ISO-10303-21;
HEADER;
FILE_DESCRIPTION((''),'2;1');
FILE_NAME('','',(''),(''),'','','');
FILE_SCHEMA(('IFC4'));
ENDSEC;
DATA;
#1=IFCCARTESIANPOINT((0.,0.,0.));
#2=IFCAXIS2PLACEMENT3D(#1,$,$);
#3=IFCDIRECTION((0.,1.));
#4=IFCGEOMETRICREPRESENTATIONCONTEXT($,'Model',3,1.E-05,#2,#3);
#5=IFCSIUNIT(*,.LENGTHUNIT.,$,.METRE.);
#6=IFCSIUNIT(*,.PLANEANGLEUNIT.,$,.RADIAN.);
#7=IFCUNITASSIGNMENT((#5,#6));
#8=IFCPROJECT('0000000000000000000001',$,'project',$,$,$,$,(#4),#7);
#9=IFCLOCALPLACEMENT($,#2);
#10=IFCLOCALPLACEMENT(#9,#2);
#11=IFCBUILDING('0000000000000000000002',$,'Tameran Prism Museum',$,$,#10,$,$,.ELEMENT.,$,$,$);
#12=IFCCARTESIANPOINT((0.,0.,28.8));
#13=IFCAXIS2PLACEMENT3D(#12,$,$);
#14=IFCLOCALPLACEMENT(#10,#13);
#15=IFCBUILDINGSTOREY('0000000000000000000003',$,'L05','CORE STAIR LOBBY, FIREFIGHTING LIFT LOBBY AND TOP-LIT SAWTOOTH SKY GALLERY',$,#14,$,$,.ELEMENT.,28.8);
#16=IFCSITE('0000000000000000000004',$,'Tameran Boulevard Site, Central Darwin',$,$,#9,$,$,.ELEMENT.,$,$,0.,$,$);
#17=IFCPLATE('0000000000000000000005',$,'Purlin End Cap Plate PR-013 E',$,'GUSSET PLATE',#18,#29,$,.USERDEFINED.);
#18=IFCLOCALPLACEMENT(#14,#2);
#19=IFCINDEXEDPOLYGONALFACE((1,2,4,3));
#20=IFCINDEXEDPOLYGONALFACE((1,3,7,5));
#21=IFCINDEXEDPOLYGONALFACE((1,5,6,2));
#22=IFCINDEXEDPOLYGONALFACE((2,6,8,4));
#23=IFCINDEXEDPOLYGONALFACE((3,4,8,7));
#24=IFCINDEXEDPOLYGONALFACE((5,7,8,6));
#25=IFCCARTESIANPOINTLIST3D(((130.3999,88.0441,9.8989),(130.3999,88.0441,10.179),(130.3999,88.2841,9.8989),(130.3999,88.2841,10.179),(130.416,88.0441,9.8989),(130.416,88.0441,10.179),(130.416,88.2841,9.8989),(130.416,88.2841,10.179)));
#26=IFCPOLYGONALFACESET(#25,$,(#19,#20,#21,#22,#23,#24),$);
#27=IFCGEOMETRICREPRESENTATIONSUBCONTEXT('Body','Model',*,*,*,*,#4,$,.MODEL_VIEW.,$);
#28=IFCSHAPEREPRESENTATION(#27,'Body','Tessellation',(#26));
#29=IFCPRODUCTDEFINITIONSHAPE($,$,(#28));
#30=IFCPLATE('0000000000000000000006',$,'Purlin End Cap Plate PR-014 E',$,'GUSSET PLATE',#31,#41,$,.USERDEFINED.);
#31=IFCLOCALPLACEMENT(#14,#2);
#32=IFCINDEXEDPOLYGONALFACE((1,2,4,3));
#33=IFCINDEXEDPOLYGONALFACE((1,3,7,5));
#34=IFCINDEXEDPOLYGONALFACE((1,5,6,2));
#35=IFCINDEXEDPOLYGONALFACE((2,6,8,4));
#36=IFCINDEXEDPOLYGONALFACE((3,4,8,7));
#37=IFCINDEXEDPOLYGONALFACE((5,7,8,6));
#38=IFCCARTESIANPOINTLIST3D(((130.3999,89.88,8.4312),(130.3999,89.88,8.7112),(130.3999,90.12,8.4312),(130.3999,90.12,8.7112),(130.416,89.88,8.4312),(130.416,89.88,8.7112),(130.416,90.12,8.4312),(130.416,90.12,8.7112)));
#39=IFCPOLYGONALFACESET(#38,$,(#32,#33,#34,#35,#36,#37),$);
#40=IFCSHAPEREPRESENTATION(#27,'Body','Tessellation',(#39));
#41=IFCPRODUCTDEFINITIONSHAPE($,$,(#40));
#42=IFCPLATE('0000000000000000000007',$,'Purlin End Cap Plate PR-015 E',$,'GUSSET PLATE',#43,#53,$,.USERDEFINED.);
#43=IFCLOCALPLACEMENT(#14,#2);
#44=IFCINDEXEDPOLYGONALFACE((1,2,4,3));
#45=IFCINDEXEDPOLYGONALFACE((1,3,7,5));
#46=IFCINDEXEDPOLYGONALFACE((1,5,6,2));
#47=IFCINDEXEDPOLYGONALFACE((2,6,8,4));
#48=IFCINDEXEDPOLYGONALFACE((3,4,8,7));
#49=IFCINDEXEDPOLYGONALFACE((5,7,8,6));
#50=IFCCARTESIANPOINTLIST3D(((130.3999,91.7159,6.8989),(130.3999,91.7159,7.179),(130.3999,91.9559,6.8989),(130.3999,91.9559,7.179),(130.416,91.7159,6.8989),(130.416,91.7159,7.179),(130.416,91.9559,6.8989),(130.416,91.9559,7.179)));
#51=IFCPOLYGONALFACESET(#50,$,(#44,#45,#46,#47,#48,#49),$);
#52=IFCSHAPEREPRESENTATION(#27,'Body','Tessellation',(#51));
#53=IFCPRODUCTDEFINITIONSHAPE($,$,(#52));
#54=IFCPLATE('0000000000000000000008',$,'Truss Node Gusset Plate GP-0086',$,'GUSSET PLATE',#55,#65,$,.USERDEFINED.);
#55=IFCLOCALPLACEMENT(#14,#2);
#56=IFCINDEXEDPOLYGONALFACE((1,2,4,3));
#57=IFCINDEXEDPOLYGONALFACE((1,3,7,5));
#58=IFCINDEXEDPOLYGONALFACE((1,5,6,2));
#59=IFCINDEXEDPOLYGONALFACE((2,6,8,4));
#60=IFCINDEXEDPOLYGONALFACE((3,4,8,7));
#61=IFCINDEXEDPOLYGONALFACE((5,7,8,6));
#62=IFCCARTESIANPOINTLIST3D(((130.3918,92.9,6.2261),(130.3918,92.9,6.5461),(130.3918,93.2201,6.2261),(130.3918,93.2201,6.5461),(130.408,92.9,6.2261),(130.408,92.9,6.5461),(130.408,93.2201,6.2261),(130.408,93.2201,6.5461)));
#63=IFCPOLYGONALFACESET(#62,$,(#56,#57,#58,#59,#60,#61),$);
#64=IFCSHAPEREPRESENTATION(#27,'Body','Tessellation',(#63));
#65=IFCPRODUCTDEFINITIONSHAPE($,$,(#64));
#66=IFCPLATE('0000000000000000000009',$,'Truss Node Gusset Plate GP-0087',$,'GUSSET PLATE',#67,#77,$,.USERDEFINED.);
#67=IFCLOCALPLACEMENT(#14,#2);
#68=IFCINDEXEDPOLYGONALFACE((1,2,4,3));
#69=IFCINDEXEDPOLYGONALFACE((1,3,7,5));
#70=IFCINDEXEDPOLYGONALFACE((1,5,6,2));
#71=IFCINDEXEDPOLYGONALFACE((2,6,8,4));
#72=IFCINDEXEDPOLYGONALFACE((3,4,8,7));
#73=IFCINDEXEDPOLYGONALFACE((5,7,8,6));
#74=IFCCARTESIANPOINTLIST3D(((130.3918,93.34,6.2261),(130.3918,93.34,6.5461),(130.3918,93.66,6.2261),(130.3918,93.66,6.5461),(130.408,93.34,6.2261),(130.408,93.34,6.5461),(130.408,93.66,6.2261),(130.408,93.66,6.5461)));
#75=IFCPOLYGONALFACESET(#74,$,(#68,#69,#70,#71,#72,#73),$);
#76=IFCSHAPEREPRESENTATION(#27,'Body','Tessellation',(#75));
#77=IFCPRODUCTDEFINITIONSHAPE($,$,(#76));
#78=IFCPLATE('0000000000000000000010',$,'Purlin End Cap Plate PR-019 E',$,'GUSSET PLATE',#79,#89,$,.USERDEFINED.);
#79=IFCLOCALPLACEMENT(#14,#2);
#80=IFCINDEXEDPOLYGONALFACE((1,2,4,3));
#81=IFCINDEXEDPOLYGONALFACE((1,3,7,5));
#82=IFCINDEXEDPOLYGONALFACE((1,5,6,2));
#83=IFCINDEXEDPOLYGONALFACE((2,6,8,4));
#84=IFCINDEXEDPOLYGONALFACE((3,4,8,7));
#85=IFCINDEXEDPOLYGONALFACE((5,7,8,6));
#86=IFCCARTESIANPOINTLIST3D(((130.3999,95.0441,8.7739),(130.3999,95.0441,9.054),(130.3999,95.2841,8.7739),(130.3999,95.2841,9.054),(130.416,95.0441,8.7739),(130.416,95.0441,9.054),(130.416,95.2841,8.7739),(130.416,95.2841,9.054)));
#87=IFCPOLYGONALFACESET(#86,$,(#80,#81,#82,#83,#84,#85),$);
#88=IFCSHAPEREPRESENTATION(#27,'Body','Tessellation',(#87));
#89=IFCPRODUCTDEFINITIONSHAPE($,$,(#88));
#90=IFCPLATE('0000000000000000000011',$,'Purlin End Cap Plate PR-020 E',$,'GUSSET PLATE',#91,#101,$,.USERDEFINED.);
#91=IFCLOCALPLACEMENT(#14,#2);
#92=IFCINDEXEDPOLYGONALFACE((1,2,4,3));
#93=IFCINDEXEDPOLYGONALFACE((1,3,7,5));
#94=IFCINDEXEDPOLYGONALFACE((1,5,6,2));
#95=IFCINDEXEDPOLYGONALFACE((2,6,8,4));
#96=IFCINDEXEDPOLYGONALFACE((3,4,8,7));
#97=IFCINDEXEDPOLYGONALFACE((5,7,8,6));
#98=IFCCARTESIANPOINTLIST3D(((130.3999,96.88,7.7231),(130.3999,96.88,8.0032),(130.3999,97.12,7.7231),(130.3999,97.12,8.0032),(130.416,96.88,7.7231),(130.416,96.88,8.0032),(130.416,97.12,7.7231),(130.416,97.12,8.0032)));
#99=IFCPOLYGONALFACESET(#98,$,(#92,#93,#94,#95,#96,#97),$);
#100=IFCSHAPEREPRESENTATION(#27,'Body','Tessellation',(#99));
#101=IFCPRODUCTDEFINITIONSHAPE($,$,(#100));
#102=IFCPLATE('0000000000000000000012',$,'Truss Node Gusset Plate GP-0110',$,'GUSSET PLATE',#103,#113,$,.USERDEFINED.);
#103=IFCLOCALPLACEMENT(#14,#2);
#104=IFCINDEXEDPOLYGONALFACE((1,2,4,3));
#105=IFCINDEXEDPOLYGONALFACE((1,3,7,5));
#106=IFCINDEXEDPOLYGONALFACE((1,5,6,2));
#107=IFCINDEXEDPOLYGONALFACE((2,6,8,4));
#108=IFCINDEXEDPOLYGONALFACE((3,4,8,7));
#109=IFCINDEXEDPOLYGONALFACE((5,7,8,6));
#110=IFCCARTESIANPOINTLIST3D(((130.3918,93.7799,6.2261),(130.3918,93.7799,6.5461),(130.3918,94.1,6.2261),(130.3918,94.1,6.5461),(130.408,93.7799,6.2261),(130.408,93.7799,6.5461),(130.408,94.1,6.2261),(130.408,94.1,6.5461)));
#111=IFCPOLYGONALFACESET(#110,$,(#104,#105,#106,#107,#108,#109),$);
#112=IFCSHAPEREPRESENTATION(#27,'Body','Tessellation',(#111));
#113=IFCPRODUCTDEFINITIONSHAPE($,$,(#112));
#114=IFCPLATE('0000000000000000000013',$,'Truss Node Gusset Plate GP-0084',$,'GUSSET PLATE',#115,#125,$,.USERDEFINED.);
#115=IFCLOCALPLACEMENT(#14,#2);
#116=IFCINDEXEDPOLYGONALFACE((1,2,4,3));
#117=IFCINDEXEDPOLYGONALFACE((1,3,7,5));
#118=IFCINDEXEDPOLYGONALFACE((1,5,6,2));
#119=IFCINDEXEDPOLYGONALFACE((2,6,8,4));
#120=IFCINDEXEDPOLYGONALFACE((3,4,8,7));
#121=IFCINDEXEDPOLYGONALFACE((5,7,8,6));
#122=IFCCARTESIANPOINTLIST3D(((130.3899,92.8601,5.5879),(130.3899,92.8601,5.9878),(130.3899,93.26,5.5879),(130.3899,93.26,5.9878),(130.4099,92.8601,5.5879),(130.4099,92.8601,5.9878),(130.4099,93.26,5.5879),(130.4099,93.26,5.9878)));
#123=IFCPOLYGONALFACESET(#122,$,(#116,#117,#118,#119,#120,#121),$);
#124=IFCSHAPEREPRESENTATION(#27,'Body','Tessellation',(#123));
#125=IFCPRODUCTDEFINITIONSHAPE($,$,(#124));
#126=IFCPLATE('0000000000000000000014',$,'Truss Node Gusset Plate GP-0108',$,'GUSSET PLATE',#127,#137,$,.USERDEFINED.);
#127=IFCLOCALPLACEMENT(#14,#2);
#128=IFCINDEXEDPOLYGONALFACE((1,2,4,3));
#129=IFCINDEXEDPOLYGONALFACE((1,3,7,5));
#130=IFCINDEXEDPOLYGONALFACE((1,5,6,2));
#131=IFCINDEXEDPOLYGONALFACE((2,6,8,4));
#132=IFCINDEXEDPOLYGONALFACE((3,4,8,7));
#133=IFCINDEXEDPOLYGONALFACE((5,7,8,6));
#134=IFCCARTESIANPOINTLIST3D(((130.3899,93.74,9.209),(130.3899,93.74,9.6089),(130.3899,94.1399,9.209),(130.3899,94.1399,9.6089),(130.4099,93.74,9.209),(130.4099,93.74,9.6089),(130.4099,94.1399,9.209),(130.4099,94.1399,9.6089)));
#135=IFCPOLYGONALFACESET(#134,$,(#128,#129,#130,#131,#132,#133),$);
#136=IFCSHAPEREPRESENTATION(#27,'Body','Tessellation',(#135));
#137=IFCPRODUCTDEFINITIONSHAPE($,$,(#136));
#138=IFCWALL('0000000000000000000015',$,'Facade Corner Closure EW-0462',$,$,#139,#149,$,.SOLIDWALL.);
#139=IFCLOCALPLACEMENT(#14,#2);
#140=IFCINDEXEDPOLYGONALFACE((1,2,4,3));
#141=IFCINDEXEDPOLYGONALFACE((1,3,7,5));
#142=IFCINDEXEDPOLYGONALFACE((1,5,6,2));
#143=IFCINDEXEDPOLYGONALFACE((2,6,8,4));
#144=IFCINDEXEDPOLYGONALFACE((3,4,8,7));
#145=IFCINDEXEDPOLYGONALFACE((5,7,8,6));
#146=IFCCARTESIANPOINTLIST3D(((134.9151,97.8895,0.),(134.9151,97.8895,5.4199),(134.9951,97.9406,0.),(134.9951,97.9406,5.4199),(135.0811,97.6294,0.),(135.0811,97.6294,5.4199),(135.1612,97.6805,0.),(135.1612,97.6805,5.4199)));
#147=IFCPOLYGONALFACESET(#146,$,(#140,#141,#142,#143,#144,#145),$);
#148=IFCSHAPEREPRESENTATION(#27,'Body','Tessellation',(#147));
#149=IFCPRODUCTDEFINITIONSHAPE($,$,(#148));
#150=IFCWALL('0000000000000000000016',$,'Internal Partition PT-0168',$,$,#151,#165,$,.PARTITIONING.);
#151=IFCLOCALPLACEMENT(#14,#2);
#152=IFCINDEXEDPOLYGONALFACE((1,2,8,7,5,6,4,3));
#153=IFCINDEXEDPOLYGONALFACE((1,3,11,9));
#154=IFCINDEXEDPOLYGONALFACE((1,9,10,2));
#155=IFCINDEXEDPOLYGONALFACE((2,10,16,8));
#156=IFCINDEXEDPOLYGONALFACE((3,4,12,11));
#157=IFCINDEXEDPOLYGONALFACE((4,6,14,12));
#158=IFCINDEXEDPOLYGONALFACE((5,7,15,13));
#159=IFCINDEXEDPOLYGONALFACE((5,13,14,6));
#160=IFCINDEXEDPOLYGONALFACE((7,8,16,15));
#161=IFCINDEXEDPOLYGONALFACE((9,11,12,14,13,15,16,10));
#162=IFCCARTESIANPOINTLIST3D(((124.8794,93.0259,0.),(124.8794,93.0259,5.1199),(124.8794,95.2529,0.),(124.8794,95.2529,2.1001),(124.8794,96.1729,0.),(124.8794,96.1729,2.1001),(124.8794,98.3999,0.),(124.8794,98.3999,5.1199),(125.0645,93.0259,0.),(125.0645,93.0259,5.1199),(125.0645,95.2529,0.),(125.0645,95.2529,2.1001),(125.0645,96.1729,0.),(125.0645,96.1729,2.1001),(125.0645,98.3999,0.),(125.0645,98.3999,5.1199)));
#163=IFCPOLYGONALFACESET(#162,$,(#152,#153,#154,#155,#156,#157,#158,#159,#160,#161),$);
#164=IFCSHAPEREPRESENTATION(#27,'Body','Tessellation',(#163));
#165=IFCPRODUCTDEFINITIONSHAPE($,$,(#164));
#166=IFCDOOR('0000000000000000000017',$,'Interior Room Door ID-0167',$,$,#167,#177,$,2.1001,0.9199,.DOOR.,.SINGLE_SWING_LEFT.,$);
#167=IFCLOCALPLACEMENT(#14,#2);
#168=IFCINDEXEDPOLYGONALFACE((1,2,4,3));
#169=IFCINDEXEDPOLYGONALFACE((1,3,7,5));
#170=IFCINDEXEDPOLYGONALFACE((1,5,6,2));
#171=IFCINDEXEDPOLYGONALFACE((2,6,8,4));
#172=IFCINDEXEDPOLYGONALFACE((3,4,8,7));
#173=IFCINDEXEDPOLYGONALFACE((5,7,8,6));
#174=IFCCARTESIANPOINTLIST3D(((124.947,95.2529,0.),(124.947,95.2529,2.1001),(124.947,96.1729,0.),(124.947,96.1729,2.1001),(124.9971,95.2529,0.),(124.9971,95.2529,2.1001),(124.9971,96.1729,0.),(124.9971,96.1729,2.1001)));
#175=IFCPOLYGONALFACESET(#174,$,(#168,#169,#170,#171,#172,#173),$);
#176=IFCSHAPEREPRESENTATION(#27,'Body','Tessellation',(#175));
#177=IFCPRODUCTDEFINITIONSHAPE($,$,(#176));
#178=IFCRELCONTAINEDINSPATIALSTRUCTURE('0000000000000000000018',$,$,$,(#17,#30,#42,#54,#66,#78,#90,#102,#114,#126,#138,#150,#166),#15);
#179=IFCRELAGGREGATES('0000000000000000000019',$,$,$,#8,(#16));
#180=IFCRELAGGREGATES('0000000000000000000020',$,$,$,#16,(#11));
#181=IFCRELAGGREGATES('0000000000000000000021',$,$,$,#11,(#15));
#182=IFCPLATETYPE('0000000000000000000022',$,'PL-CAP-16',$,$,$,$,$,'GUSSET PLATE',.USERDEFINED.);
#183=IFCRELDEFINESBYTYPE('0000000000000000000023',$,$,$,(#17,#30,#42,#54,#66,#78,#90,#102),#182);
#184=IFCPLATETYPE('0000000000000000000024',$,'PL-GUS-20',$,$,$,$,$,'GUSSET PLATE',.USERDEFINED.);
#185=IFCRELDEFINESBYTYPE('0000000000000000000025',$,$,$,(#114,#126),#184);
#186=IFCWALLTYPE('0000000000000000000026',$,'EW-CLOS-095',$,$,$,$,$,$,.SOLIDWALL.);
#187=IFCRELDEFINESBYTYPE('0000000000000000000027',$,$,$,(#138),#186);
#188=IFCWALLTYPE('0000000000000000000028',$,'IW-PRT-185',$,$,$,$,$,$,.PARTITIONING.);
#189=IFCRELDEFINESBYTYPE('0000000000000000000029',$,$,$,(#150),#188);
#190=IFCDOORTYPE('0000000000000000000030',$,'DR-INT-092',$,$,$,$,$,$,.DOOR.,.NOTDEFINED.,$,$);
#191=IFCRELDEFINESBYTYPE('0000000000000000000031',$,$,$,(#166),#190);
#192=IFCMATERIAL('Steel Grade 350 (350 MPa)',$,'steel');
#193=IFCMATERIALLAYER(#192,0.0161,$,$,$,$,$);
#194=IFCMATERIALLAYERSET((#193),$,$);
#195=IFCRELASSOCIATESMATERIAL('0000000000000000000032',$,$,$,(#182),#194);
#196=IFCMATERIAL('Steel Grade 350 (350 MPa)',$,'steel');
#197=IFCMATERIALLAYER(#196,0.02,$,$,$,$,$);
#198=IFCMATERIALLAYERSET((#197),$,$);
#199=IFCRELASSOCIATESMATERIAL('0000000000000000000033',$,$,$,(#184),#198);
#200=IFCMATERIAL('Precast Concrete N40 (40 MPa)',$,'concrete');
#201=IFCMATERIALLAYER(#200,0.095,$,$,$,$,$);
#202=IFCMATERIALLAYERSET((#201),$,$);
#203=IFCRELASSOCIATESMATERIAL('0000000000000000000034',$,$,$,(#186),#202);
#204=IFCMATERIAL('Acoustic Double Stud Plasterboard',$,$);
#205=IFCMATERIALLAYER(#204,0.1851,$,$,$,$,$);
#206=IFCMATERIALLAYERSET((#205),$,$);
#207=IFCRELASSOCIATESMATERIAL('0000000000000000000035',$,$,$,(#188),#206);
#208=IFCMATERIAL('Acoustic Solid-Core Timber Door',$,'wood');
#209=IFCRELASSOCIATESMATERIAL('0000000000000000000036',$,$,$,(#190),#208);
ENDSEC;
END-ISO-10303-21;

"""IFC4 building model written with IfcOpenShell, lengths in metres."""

from ifc_helpers import new_model, si_unit, direction, frame, frame_2d, origin, origin_2d, place, context, subcontext, project, spatial, rectangle, extrude, material, layer, layer_set, type_object, element, fill, save


model = new_model("IFC4")

# Units and contexts
model_context = context("Model", 3, precision=1e-05, world=origin(), true_north=direction((0.0, 1.0)))
body_context = subcontext(model_context, "Body", "Model", "MODEL_VIEW")
ifc_project = project(units=[si_unit("LENGTHUNIT", "METRE"), si_unit("PLANEANGLEUNIT", "RADIAN")], contexts=[model_context])

# Site, building, storey
site_placement = place(None, origin())
site = spatial("IfcSite", under=ifc_project, at=site_placement, Name="Tameran Boulevard Site, Central Darwin", CompositionType="ELEMENT", RefElevation=0.0)
building_placement = place(site_placement, origin())
building = spatial("IfcBuilding", under=site, at=building_placement, Name="Tameran Prism Museum", CompositionType="ELEMENT")
storey_placement = place(building_placement, frame((0.0, 0.0, 28.8)))
storey = spatial("IfcBuildingStorey", under=building, at=storey_placement, Name="L05", Description="CORE STAIR LOBBY, FIREFIGHTING LIFT LOBBY AND TOP-LIT SAWTOOTH SKY GALLERY", CompositionType="ELEMENT", Elevation=28.8)

# Plates
ifc_material_1 = material(Name="Steel Grade 350 (350 MPa)", Category="steel")
ifc_layer_1 = layer(ifc_material_1, 0.0161)
ifc_layer_set_1 = layer_set([ifc_layer_1])
plate_type_1 = type_object("IfcPlateType", Name="PL-CAP-16", ElementType="GUSSET PLATE", PredefinedType="USERDEFINED", material=ifc_layer_set_1)
for number, where, z_axis, x_axis, name in (
    (1, (130.408, 88.1641, 9.8989), (0.0, 0.0, 1.0), (1.0, 0.0, 0.0), "Purlin End Cap Plate PR-013 E"),
    (2, (130.408, 90.0, 8.4312), (0.0, 0.0, 1.0), (1.0, 0.0, 0.0), "Purlin End Cap Plate PR-014 E"),
    (3, (130.408, 91.8359, 6.8989), (0.0, 0.0, 1.0), (1.0, 0.0, 0.0), "Purlin End Cap Plate PR-015 E"),
):
    element("IfcPlate", number, at=place(storey_placement, frame(where, z_axis=z_axis, x_axis=x_axis)), inside=storey, type_object=plate_type_1, Name=name, ObjectType="GUSSET PLATE", PredefinedType="USERDEFINED", context=body_context, shape_type="SweptSolid", body=[
        extrude(rectangle(XDim=0.0161, YDim=0.24, at=origin_2d()), origin(), (0.0, 0.0, 1.0), 0.28),
    ])
for number, where, z_axis, x_axis, name in (
    (4, (130.3999, 93.0601, 6.2261), (0.0, 0.0, 1.0), (1.0, 0.0, 0.0), "Truss Node Gusset Plate GP-0086"),
    (5, (130.3999, 93.5, 6.2261), (0.0, 0.0, 1.0), (1.0, 0.0, 0.0), "Truss Node Gusset Plate GP-0087"),
):
    element("IfcPlate", number, at=place(storey_placement, frame(where, z_axis=z_axis, x_axis=x_axis)), inside=storey, type_object=plate_type_1, Name=name, ObjectType="GUSSET PLATE", PredefinedType="USERDEFINED", context=body_context, shape_type="SweptSolid", body=[
        extrude(rectangle(XDim=0.0161, YDim=0.3201, at=origin_2d()), origin(), (0.0, 0.0, 1.0), 0.3201),
    ])
for number, where, z_axis, x_axis, name in (
    (6, (130.408, 95.1641, 8.7739), (0.0, 0.0, 1.0), (1.0, 0.0, 0.0), "Purlin End Cap Plate PR-019 E"),
    (7, (130.408, 97.0, 7.7231), (0.0, 0.0, 1.0), (1.0, 0.0, 0.0), "Purlin End Cap Plate PR-020 E"),
):
    element("IfcPlate", number, at=place(storey_placement, frame(where, z_axis=z_axis, x_axis=x_axis)), inside=storey, type_object=plate_type_1, Name=name, ObjectType="GUSSET PLATE", PredefinedType="USERDEFINED", context=body_context, shape_type="SweptSolid", body=[
        extrude(rectangle(XDim=0.0161, YDim=0.24, at=origin_2d()), origin(), (0.0, 0.0, 1.0), 0.28),
    ])
plate_1_placement = place(storey_placement, frame((130.3999, 93.9399, 6.2261), z_axis=(0.0, 0.0, 1.0), x_axis=(1.0, 0.0, 0.0)))
element("IfcPlate", 8, at=plate_1_placement, inside=storey, type_object=plate_type_1, Name="Truss Node Gusset Plate GP-0110", ObjectType="GUSSET PLATE", PredefinedType="USERDEFINED", context=body_context, shape_type="SweptSolid", body=[
    extrude(rectangle(XDim=0.0161, YDim=0.3201, at=origin_2d()), origin(), (0.0, 0.0, 1.0), 0.3201),
])
ifc_material_2 = material(Name="Steel Grade 350 (350 MPa)", Category="steel")
ifc_layer_2 = layer(ifc_material_2, 0.02)
ifc_layer_set_2 = layer_set([ifc_layer_2])
plate_type_2 = type_object("IfcPlateType", Name="PL-GUS-20", ElementType="GUSSET PLATE", PredefinedType="USERDEFINED", material=ifc_layer_set_2)
for number, where, z_axis, x_axis, name in (
    (9, (130.3999, 93.0601, 5.5879), (0.0, 0.0, 1.0), (1.0, 0.0, 0.0), "Truss Node Gusset Plate GP-0084"),
    (10, (130.3999, 93.9399, 9.209), (0.0, 0.0, 1.0), (1.0, 0.0, 0.0), "Truss Node Gusset Plate GP-0108"),
):
    element("IfcPlate", number, at=place(storey_placement, frame(where, z_axis=z_axis, x_axis=x_axis)), inside=storey, type_object=plate_type_2, Name=name, ObjectType="GUSSET PLATE", PredefinedType="USERDEFINED", context=body_context, shape_type="SweptSolid", body=[
        extrude(rectangle(XDim=0.02, YDim=0.3999, at=origin_2d()), origin(), (0.0, 0.0, 1.0), 0.3999),
    ])

# Wall
ifc_material_3 = material(Name="Precast Concrete N40 (40 MPa)", Category="concrete")
ifc_layer_3 = layer(ifc_material_3, 0.095)
ifc_layer_set_3 = layer_set([ifc_layer_3])
wall_type_1 = type_object("IfcWallType", Name="EW-CLOS-095", PredefinedType="SOLIDWALL", material=ifc_layer_set_3)
wall_1_placement = place(storey_placement, frame((134.9551, 97.915, 0.0), z_axis=(0.0, 0.0, 1.0), x_axis=(0.538155, -0.842846, 0.0)))
element("IfcWall", 11, at=wall_1_placement, inside=storey, type_object=wall_type_1, Name="Facade Corner Closure EW-0462", PredefinedType="SOLIDWALL", context=body_context, shape_type="SweptSolid", body=[
    extrude(rectangle(XDim=0.3086, YDim=0.095, at=frame_2d((0.1543, 0.0))), origin(), (0.0, 0.0, 1.0), 5.4199),
])

# Wall, opening, door
ifc_material_4 = material(Name="Acoustic Double Stud Plasterboard")
ifc_layer_4 = layer(ifc_material_4, 0.1851)
ifc_layer_set_4 = layer_set([ifc_layer_4])
wall_type_2 = type_object("IfcWallType", Name="IW-PRT-185", PredefinedType="PARTITIONING", material=ifc_layer_set_4)
wall_2_placement = place(storey_placement, frame((124.9719, 93.0259, 0.0), z_axis=(0.0, 0.0, 1.0), x_axis=(0.0, 1.0, 0.0)))
wall_2 = element("IfcWall", 12, at=wall_2_placement, inside=storey, type_object=wall_type_2, Name="Internal Partition PT-0168", PredefinedType="PARTITIONING", context=body_context, shape_type="SweptSolid", body=[
    extrude(rectangle(XDim=5.374, YDim=0.1851, at=frame_2d((2.687, 0.0))), origin(), (0.0, 0.0, 1.0), 5.1199),
])
opening_placement = place(wall_2_placement, frame((2.2271, 0.0, 0.0)))
opening = element("IfcOpeningElement", 13, at=opening_placement, cuts=wall_2, PredefinedType="OPENING", context=body_context, shape_type="SweptSolid", body=[
    extrude(rectangle(XDim=0.9199, YDim=2.1001, at=frame_2d((0.46, 1.05))), frame((0.0, 0.1025, 0.0), z_axis=(0.0, -1.0, 0.0), x_axis=(1.0, 0.0, 0.0)), (0.0, 0.0, 1.0), 0.2051),
])
ifc_material_5 = material(Name="Acoustic Solid-Core Timber Door", Category="wood")
door_type = type_object("IfcDoorType", Name="DR-INT-092", OperationType="NOTDEFINED", PredefinedType="DOOR", material=ifc_material_5)
door_placement = place(opening_placement, origin())
door = element("IfcDoor", 14, at=door_placement, inside=storey, type_object=door_type, Name="Interior Room Door ID-0167", OperationType="SINGLE_SWING_LEFT", OverallHeight=2.1001, OverallWidth=0.9199, PredefinedType="DOOR", context=body_context, shape_type="SweptSolid", body=[
    extrude(rectangle(XDim=0.9199, YDim=2.1001, at=frame_2d((0.46, 1.05))), frame((0.0, 0.0249, 0.0), z_axis=(0.0, -1.0, 0.0), x_axis=(1.0, 0.0, 0.0)), (0.0, 0.0, 1.0), 0.05),
])
fill(opening, door)

save(model, "model.ifc")
